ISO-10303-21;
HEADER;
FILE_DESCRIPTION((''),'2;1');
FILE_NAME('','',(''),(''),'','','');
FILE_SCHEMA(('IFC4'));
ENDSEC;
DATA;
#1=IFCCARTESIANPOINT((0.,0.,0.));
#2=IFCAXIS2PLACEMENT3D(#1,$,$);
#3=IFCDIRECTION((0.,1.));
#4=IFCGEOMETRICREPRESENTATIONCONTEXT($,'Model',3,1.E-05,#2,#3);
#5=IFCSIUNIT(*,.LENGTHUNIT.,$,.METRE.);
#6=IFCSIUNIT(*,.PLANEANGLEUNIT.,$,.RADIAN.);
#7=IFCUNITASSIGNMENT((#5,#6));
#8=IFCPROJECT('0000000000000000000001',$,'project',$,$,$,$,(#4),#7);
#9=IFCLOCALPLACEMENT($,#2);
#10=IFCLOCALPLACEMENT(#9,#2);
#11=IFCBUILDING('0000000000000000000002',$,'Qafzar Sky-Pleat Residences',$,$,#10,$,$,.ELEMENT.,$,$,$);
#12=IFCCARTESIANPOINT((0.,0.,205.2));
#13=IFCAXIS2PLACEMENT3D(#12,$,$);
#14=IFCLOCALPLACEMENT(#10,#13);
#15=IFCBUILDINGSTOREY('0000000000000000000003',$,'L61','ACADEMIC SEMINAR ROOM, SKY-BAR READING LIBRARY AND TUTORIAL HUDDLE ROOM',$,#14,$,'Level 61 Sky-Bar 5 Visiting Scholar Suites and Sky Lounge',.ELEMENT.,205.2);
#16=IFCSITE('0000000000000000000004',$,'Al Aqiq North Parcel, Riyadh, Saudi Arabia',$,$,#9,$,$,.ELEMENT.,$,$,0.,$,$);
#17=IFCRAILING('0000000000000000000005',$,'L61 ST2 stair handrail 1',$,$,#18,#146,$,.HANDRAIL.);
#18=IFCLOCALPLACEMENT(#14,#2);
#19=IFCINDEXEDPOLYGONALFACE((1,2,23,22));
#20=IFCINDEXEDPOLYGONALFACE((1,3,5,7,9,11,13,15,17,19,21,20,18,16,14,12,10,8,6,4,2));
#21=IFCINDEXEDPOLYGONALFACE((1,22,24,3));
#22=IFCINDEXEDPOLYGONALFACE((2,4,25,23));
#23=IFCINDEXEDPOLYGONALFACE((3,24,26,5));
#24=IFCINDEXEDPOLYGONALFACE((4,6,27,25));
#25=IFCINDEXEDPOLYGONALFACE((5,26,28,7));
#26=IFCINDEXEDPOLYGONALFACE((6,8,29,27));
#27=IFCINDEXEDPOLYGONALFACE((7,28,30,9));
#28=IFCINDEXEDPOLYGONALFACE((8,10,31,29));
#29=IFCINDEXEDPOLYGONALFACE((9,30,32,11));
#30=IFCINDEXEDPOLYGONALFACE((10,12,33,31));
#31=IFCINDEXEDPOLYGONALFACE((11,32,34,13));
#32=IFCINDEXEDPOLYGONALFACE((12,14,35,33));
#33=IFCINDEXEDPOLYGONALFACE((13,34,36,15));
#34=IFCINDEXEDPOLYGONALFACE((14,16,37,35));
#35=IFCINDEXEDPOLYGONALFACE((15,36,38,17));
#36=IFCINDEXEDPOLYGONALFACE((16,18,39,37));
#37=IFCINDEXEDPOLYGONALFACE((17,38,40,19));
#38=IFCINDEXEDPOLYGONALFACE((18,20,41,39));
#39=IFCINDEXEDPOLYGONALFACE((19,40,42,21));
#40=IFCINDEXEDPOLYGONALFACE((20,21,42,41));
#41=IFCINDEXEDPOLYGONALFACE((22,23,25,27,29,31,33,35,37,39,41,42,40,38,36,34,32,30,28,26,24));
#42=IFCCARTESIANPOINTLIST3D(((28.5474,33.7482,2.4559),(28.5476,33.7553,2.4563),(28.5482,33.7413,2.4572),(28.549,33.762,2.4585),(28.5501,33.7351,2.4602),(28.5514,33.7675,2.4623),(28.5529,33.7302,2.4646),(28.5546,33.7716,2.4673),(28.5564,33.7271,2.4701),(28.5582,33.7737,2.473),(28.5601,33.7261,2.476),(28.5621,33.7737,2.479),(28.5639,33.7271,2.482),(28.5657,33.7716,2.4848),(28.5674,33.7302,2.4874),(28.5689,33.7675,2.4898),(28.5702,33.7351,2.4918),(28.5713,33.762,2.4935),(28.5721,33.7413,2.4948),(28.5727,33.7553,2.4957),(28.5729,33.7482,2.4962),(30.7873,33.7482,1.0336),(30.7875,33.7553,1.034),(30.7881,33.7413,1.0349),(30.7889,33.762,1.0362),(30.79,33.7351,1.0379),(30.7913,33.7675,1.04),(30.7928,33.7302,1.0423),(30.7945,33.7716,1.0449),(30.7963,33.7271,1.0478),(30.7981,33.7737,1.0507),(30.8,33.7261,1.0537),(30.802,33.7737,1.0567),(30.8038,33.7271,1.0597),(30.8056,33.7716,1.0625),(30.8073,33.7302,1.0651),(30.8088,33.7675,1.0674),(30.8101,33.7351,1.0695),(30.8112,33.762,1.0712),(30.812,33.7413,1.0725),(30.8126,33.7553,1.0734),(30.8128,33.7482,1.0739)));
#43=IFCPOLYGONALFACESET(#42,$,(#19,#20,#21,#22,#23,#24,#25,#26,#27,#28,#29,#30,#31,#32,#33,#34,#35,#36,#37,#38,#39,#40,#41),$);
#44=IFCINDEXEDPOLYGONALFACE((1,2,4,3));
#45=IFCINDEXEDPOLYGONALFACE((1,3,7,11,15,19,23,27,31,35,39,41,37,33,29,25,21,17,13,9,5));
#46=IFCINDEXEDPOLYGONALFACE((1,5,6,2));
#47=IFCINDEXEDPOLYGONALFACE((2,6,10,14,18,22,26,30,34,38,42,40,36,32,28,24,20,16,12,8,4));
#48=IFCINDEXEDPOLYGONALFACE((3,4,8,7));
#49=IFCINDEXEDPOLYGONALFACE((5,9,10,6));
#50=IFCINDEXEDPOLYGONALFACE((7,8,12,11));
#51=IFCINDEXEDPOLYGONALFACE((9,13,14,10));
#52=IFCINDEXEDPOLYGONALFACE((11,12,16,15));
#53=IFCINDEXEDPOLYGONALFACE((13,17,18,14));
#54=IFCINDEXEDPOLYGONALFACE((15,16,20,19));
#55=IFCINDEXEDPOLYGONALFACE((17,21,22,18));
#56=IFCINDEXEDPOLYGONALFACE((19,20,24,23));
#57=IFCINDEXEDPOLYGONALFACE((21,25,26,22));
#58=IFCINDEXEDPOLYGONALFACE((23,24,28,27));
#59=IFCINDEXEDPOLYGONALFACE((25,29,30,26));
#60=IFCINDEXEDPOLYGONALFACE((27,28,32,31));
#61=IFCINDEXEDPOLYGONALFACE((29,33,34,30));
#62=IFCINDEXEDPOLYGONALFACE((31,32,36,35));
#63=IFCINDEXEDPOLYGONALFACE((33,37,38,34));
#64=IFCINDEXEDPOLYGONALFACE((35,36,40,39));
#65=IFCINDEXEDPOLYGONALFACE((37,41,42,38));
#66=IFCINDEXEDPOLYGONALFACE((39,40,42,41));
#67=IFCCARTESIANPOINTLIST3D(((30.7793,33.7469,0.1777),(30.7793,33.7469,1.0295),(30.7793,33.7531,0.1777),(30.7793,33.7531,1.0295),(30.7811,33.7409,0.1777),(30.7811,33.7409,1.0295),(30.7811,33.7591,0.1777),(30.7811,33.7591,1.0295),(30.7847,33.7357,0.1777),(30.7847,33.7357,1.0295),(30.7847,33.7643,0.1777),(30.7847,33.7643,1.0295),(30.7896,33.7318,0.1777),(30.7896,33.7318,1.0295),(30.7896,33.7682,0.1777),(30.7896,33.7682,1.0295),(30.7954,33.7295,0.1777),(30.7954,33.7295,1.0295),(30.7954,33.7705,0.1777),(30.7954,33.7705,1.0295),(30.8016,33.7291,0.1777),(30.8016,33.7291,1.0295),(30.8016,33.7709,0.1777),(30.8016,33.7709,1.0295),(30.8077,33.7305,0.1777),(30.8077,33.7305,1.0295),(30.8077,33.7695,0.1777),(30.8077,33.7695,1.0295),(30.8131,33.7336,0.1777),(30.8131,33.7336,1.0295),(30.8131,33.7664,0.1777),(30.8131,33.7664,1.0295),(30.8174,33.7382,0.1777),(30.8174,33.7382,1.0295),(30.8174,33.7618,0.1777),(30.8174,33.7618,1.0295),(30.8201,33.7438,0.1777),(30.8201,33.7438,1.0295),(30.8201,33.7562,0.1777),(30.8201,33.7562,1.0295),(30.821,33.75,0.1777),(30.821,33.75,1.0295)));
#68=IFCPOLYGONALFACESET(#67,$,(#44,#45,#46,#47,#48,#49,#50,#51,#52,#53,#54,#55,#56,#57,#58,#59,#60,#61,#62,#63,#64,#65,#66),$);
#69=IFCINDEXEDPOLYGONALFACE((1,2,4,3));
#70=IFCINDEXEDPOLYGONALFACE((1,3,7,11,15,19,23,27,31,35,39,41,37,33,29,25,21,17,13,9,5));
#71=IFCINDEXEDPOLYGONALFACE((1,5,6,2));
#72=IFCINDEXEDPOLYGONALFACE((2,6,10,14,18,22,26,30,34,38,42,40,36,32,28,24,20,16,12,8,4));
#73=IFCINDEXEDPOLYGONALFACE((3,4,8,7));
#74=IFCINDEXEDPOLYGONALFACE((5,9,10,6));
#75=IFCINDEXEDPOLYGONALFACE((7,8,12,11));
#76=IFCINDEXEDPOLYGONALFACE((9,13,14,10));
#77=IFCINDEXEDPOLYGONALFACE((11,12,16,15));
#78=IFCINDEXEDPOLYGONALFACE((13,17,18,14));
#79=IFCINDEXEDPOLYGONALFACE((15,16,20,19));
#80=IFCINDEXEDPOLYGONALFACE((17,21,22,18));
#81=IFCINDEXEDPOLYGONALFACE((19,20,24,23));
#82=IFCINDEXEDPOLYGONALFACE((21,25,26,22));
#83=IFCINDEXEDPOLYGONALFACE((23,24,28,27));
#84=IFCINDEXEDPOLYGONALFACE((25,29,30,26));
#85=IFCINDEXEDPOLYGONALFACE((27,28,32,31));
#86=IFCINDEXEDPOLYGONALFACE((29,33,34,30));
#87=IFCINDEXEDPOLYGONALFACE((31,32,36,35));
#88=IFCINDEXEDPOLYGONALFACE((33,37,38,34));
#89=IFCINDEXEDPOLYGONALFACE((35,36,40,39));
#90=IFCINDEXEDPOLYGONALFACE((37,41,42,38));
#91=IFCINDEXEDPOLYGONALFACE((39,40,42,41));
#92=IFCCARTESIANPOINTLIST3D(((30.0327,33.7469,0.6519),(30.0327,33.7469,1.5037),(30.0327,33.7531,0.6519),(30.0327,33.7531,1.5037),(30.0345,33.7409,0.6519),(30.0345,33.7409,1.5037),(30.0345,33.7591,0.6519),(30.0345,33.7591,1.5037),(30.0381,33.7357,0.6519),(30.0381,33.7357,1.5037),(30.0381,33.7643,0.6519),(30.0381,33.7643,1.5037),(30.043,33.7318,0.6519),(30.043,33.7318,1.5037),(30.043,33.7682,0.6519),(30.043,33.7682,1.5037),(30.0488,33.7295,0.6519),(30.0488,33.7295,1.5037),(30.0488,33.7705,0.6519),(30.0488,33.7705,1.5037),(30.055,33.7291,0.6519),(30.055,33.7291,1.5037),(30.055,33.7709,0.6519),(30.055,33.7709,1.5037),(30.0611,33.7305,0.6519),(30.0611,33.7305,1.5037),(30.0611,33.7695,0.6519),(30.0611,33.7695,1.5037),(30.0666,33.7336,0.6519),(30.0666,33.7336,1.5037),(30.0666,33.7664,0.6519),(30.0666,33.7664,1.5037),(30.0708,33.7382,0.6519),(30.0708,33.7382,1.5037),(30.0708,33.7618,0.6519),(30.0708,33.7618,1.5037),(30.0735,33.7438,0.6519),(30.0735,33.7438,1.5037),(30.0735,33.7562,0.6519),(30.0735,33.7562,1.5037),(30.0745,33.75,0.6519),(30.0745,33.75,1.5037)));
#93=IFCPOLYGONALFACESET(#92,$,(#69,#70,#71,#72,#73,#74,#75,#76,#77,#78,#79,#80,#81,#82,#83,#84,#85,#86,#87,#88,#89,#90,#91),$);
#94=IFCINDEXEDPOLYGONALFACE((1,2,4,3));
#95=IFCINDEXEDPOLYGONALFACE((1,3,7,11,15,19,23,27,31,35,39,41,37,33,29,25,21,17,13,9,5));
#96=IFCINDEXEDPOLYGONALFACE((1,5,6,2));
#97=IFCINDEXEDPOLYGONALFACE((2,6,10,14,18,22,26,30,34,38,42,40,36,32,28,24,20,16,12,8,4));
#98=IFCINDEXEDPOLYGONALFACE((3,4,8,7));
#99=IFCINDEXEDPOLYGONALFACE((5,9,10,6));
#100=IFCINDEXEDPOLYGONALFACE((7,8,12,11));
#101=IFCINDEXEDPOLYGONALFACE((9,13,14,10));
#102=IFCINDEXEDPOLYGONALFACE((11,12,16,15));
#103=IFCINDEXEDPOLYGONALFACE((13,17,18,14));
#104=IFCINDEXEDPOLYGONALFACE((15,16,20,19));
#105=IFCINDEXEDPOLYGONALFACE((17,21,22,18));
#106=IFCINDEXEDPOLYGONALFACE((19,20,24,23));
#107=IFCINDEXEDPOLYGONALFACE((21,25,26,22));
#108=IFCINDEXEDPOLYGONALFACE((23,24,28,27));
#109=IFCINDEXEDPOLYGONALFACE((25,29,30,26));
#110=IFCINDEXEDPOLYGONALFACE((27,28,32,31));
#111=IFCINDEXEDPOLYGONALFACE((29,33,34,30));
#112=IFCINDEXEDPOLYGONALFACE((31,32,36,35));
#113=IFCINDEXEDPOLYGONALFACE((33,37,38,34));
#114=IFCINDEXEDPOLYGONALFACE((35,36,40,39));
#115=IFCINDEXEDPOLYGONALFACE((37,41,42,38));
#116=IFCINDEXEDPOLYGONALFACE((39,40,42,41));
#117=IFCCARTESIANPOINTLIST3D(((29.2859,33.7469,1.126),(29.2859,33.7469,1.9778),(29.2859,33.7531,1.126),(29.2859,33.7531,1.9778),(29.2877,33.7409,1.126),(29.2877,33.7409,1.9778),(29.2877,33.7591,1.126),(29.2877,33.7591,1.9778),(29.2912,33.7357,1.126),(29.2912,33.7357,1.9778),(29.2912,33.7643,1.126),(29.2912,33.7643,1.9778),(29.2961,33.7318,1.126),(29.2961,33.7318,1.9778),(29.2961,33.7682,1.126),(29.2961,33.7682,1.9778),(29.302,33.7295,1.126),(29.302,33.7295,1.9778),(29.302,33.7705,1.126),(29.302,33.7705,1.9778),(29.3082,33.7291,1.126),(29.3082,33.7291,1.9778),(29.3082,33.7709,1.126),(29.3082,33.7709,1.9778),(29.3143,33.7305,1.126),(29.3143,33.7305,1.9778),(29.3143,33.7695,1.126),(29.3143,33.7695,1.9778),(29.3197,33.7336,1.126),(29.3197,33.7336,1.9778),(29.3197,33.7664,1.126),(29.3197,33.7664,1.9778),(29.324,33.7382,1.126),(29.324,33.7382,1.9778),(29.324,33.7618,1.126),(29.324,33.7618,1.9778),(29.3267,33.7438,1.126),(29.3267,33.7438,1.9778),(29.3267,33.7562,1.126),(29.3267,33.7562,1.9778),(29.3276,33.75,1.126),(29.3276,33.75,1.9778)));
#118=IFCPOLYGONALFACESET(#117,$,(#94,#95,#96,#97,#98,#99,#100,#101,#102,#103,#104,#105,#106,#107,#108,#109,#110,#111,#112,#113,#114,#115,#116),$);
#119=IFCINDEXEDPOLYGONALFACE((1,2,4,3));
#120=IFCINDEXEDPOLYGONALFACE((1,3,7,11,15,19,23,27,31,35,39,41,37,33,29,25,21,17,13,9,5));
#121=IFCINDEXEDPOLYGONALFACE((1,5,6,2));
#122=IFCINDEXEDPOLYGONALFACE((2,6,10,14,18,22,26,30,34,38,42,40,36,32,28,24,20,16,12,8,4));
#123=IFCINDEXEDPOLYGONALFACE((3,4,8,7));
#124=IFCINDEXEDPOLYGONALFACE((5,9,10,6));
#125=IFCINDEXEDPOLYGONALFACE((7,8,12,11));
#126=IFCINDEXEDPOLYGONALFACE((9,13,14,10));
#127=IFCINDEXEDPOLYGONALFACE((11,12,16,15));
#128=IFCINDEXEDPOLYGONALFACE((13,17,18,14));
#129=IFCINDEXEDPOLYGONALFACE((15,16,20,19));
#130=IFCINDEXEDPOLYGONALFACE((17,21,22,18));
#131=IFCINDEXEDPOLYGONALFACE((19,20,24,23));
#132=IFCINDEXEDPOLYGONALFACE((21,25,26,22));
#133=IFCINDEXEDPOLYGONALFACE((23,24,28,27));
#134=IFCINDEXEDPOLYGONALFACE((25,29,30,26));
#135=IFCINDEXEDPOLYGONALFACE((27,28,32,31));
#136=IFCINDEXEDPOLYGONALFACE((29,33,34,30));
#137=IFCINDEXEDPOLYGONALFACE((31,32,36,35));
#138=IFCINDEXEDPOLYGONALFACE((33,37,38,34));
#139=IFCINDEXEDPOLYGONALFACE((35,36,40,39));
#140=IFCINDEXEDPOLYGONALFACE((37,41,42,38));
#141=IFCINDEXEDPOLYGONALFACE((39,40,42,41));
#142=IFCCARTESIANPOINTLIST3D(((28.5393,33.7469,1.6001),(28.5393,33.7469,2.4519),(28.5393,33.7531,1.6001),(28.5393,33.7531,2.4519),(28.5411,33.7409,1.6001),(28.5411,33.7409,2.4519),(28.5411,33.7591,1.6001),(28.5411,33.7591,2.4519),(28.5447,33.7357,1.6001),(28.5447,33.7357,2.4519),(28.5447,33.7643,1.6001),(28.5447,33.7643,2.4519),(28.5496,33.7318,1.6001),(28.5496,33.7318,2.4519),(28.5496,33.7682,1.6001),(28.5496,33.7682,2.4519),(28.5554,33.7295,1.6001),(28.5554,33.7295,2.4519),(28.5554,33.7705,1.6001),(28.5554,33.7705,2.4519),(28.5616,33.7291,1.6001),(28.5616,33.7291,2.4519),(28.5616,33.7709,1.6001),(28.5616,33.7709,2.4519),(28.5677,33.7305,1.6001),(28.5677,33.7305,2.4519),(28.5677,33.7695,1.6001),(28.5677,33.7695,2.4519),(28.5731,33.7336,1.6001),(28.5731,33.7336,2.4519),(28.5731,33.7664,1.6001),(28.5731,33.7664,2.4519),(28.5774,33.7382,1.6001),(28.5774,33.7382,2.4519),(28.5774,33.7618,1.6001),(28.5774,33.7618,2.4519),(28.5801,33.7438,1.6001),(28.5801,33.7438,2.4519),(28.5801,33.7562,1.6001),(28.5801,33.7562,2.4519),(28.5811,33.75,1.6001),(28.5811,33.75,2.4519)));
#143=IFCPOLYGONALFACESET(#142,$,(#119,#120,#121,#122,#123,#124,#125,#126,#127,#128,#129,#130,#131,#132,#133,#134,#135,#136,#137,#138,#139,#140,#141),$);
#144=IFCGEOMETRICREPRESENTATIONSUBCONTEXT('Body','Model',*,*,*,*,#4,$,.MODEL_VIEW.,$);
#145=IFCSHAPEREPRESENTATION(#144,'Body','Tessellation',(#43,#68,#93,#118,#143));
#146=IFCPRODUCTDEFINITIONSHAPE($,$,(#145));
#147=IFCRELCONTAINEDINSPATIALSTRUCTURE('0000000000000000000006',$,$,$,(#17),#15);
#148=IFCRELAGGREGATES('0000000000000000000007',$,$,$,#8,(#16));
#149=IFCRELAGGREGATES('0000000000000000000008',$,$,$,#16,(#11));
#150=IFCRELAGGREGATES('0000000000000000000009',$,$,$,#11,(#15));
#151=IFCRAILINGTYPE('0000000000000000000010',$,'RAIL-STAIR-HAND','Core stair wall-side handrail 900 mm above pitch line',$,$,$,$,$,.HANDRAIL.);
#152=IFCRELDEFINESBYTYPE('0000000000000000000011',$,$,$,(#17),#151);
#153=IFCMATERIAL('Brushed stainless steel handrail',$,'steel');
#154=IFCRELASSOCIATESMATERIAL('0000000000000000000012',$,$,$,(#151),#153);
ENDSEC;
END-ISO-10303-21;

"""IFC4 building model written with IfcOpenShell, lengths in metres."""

from ifc_helpers import new_model, si_unit, direction, frame, origin, origin_2d, place, context, subcontext, project, spatial, circle, extrude, source, transform, mapped, material, type_object, element, save


model = new_model("IFC4")

# Units and contexts
model_context = context("Model", 3, precision=1e-05, world=origin(), true_north=direction((0.0, 1.0)))
body_context = subcontext(model_context, "Body", "Model", "MODEL_VIEW")
ifc_project = project(units=[si_unit("LENGTHUNIT", "METRE"), si_unit("PLANEANGLEUNIT", "RADIAN")], contexts=[model_context])

# Site, building, storey
site_placement = place(None, origin())
site = spatial("IfcSite", under=ifc_project, at=site_placement, Name="Al Aqiq North Parcel, Riyadh, Saudi Arabia", CompositionType="ELEMENT", RefElevation=0.0)
building_placement = place(site_placement, origin())
building = spatial("IfcBuilding", under=site, at=building_placement, Name="Qafzar Sky-Pleat Residences", CompositionType="ELEMENT")
storey_placement = place(building_placement, frame((0.0, 0.0, 205.2)))
storey = spatial("IfcBuildingStorey", under=building, at=storey_placement, Name="L61", Description="ACADEMIC SEMINAR ROOM, SKY-BAR READING LIBRARY AND TUTORIAL HUDDLE ROOM", LongName="Level 61 Sky-Bar 5 Visiting Scholar Suites and Sky Lounge", CompositionType="ELEMENT", Elevation=205.2)

# Railing
ifc_material_1 = material(Name="Brushed stainless steel handrail", Category="steel")
railing_type_1 = type_object("IfcRailingType", Name="RAIL-STAIR-HAND", Description="Core stair wall-side handrail 900 mm above pitch line", PredefinedType="HANDRAIL", material=ifc_material_1)
shared_shape_1 = source(origin(), body_context, "Body", "SweptSolid", [
    extrude(circle(Radius=0.0239, at=origin_2d()), frame((0.0, 0.0, 0.876), z_axis=(-0.844188, 0.0, 0.536048), x_axis=(0.0, -1.0, 0.0)), (0.0, 0.0, 1.0), 2.6533),
    extrude(circle(Radius=0.021, at=origin_2d()), origin(), (0.0, 0.0, 1.0), 0.8518),
    extrude(circle(Radius=0.021, at=origin_2d()), frame((-0.7466, 0.0, 0.4741)), (0.0, 0.0, 1.0), 0.8518),
    extrude(circle(Radius=0.021, at=origin_2d()), frame((-1.4934, 0.0, 0.9482)), (0.0, 0.0, 1.0), 0.8518),
    extrude(circle(Radius=0.021, at=origin_2d()), frame((-2.24, 0.0, 1.4224)), (0.0, 0.0, 1.0), 0.8518),
])
railing_1_placement = place(storey_placement, frame((30.8, 33.75, 0.1777)))
element("IfcRailing", 1, at=railing_1_placement, inside=storey, type_object=railing_type_1, Name="L61 ST2 stair handrail 1", PredefinedType="HANDRAIL", context=body_context, shape_type="MappedRepresentation", body=[
    mapped(shared_shape_1, transform((0.0, 0.0, 0.0), x_axis=(1.0, 0.0, 0.0), y_axis=(0.0, 1.0, 0.0), z_axis=(0.0, 0.0, 1.0), scale=1.0)),
])

save(model, "model.ifc")
